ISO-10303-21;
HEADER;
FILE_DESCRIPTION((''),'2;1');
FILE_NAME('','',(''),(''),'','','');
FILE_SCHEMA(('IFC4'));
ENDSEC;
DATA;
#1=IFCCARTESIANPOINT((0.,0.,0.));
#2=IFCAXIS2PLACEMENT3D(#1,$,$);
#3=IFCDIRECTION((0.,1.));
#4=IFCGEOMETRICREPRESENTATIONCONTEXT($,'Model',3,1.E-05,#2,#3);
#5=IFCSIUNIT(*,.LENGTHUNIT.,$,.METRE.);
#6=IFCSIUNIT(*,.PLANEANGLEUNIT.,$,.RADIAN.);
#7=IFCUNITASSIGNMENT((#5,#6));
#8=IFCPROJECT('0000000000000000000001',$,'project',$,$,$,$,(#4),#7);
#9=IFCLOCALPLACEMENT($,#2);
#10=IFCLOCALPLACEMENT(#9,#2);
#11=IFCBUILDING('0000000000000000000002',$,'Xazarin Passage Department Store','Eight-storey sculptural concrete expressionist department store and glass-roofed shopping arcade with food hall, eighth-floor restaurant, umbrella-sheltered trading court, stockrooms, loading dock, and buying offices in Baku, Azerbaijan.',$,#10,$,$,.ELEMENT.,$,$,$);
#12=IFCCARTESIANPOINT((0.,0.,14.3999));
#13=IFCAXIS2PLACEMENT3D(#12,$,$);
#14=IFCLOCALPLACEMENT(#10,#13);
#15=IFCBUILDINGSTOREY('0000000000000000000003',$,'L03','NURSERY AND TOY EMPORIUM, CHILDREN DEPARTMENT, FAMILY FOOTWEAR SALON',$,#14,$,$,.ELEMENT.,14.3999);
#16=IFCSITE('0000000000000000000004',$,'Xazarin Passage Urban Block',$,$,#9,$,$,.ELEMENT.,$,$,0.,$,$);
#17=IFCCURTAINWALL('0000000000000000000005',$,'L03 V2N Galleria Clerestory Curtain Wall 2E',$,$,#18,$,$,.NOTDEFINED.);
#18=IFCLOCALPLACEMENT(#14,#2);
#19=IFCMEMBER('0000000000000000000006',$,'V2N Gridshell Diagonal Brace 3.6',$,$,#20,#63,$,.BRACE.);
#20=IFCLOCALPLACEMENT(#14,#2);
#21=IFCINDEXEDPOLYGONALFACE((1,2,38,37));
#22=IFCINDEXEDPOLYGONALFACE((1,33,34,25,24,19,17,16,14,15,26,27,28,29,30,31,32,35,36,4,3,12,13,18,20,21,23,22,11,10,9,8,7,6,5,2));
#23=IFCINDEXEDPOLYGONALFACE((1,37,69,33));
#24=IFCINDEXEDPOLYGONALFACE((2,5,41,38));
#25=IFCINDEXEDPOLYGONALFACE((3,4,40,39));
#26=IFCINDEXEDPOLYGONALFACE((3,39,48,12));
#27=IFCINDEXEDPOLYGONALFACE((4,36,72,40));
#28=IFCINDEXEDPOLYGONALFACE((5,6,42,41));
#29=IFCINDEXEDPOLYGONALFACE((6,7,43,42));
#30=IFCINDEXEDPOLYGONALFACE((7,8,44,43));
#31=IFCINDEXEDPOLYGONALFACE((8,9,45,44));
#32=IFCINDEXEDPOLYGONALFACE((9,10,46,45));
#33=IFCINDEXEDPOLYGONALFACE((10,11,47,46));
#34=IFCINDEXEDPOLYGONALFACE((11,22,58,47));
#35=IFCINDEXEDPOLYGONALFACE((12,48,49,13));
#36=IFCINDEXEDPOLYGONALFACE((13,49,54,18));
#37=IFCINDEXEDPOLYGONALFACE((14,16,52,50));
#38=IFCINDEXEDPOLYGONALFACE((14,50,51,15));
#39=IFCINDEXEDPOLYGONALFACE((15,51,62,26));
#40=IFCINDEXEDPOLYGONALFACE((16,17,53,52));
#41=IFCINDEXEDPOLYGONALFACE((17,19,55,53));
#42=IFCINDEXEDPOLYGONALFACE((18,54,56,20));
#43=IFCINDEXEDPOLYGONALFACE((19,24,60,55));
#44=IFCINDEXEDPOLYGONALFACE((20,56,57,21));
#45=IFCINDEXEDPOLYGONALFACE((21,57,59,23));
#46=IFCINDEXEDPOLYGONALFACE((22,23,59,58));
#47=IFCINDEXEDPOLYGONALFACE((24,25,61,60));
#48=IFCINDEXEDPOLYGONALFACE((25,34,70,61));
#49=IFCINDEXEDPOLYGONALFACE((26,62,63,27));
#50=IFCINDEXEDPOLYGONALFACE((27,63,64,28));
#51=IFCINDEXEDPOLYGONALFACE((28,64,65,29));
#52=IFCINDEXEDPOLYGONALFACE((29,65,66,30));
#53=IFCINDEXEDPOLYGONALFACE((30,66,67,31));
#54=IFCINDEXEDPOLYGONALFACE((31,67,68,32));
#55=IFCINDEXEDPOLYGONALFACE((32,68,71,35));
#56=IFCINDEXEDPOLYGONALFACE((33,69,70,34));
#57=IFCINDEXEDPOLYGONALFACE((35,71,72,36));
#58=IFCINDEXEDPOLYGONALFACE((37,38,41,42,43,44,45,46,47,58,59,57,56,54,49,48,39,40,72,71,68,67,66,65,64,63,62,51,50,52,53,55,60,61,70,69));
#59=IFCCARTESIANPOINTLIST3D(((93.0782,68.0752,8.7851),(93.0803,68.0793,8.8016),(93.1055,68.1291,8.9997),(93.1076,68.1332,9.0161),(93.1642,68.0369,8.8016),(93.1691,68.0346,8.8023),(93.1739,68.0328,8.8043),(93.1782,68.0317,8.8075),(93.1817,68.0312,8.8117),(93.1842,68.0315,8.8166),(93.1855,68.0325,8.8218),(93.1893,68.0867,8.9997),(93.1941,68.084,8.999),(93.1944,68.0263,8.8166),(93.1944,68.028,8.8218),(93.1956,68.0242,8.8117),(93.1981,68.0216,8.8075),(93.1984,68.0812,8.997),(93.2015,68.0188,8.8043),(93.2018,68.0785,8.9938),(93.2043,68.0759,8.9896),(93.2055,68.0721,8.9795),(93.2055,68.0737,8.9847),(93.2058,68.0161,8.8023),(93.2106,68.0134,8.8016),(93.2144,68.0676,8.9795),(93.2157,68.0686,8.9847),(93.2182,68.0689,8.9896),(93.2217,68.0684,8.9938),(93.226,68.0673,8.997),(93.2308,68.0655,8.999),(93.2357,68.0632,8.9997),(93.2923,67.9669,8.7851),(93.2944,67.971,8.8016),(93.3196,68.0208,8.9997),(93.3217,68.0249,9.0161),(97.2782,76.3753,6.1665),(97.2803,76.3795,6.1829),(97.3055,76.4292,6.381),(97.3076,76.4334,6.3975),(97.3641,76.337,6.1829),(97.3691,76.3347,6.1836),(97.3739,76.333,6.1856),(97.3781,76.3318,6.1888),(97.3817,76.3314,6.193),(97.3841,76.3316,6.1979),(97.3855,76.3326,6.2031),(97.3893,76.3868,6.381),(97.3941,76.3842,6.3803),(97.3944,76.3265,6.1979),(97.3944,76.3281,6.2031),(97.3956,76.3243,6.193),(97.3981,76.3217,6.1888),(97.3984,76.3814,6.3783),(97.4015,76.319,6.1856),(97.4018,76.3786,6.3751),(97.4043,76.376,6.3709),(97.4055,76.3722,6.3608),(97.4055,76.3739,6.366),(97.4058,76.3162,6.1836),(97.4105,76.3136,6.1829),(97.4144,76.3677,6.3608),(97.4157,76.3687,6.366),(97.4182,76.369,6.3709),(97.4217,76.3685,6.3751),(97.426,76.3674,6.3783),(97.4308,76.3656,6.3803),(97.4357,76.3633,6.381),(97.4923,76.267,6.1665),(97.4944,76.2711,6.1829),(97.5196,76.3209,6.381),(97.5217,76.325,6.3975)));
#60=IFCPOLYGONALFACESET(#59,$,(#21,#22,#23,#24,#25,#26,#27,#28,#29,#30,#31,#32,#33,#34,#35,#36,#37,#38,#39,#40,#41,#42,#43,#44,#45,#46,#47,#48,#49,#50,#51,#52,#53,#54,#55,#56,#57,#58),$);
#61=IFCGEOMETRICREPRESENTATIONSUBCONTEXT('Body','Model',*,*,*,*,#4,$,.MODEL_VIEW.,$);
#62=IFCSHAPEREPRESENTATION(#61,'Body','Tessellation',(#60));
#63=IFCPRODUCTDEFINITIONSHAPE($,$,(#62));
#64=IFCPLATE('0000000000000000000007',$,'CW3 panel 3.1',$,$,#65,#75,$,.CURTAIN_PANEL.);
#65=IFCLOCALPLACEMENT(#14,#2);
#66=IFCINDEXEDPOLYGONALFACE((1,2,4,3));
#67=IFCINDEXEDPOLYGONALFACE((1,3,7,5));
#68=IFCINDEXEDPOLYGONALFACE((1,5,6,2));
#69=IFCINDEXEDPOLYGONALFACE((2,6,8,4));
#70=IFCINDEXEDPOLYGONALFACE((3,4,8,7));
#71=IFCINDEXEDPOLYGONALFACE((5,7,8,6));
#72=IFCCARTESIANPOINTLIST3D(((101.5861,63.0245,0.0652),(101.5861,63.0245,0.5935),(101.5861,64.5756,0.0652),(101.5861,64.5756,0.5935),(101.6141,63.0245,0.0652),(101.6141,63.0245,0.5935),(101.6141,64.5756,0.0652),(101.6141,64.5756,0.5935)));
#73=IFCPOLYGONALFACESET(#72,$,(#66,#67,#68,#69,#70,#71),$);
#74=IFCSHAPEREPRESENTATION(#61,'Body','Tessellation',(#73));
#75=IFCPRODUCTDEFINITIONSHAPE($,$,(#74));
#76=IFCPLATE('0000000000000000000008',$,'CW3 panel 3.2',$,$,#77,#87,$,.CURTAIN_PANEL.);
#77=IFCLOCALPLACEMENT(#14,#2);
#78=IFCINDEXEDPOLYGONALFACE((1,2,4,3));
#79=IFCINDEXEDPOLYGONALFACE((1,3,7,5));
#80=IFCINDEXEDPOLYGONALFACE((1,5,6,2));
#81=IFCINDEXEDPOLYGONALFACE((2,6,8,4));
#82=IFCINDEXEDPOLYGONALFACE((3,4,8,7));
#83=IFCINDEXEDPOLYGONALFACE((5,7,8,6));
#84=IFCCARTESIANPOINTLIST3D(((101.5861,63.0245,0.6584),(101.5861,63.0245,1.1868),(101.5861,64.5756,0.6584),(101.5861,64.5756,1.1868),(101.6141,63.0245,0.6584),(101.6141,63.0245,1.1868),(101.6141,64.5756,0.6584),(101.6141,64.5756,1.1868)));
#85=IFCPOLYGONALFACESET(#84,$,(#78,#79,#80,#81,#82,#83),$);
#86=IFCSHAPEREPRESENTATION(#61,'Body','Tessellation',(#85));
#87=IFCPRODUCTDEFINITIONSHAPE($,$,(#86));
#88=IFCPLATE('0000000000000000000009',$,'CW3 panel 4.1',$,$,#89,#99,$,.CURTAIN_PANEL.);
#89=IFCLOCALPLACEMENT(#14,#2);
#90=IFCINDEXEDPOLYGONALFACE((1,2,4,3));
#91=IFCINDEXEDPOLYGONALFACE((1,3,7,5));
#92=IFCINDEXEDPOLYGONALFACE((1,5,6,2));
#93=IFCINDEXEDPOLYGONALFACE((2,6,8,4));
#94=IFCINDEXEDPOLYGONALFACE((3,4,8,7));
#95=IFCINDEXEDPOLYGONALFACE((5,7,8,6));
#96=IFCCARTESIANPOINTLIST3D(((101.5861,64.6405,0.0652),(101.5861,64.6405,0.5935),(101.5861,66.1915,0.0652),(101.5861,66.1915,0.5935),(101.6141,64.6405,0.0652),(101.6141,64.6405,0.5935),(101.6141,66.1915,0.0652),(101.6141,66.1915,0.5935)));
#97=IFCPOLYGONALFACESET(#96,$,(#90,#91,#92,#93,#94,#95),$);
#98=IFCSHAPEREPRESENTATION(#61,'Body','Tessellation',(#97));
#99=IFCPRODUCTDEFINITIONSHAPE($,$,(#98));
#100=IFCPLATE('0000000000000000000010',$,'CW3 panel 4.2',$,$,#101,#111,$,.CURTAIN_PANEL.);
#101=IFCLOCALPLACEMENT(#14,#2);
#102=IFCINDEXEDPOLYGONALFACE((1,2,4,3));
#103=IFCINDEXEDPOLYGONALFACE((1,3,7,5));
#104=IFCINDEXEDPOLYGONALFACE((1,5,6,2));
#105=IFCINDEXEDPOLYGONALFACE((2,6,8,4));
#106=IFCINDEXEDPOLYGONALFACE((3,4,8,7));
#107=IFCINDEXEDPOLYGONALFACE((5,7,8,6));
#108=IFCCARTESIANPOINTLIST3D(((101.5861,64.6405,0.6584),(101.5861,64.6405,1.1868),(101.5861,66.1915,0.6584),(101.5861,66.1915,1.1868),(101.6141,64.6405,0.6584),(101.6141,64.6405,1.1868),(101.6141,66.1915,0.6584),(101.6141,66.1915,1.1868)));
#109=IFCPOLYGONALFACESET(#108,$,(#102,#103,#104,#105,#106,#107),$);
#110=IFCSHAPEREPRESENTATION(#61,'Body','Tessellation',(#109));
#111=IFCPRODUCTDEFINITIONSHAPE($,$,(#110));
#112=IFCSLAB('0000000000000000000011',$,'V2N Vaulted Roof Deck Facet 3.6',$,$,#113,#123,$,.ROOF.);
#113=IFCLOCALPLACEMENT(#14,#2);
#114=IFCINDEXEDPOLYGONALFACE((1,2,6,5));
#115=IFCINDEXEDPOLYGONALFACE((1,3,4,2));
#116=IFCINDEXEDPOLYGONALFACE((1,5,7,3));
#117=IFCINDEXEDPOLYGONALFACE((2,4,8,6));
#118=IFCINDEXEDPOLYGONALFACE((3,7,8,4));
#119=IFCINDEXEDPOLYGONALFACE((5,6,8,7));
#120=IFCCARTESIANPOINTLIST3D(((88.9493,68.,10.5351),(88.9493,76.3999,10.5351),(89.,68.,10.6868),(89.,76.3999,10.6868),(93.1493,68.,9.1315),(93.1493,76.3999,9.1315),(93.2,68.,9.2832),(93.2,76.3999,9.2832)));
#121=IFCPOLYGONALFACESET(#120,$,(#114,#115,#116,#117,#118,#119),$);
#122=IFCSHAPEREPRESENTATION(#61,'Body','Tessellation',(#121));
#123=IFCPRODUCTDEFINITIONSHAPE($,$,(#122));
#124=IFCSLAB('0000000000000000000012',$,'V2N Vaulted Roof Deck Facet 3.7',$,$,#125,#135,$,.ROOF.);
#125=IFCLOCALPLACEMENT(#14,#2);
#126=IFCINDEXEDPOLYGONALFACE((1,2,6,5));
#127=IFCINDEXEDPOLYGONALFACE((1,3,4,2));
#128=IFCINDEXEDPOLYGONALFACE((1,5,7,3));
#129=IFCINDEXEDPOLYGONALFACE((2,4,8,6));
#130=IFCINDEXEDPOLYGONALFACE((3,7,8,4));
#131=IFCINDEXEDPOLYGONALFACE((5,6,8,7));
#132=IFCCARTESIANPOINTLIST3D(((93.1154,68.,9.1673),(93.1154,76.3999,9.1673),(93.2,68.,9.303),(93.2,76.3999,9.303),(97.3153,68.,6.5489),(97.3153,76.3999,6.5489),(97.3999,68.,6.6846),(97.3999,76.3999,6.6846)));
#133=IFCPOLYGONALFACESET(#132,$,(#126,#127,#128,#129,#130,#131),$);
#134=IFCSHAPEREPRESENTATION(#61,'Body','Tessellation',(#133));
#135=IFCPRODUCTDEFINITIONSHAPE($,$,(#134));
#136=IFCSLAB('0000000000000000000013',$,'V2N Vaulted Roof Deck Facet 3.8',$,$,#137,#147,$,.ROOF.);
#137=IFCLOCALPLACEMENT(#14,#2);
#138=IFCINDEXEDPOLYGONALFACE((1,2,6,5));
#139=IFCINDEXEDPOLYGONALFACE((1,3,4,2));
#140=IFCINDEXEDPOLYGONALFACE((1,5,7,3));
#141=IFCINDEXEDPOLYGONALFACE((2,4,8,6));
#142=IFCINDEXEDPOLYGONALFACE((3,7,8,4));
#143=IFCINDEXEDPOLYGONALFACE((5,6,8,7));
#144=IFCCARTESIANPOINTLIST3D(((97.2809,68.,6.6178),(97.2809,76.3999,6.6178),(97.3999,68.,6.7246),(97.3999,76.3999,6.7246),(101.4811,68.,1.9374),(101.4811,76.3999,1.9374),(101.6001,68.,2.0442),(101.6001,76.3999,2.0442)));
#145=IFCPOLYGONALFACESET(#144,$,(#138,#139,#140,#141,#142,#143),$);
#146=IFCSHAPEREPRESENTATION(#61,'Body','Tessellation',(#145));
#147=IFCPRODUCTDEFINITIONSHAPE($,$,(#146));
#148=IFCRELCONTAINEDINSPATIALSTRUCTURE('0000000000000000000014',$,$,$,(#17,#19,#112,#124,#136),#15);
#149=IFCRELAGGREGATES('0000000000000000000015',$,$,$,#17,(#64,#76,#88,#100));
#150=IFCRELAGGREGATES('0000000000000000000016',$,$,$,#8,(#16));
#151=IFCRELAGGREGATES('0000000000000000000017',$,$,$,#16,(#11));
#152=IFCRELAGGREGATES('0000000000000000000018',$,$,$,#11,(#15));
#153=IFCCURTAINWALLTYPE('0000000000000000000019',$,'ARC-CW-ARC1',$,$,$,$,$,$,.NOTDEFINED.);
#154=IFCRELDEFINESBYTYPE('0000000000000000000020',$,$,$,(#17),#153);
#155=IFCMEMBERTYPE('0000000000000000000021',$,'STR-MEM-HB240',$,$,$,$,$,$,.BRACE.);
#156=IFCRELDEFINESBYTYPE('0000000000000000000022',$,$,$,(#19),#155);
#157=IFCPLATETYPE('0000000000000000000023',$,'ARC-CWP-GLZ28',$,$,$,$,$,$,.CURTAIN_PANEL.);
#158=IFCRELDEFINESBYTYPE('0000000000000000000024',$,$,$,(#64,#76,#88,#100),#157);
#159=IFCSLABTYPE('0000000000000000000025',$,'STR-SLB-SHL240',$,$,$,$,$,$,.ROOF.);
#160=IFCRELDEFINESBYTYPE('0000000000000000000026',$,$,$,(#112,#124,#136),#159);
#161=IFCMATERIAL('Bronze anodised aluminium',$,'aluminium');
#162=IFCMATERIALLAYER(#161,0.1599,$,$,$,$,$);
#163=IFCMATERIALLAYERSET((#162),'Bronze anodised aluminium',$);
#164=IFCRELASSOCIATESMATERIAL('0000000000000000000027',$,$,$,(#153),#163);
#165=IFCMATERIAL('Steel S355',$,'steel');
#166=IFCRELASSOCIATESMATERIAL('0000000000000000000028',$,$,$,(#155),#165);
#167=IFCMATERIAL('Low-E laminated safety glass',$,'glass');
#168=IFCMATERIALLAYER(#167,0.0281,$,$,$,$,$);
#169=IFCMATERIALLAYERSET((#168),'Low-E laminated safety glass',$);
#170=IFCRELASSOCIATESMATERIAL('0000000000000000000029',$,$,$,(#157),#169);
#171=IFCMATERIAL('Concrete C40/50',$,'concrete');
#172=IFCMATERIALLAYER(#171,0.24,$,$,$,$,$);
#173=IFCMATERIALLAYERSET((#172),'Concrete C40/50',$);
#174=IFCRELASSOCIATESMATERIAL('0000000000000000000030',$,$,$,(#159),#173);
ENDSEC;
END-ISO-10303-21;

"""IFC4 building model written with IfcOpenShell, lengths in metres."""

from ifc_helpers import new_model, si_unit, direction, frame, origin, origin_2d, place, context, subcontext, project, spatial, polyline, rectangle, i_section, outline, extrude, material, layer, layer_set, material_profile, profile_set, type_object, element, aggregate, save


model = new_model("IFC4")

# Units and contexts
model_context = context("Model", 3, precision=1e-05, world=origin(), true_north=direction((0.0, 1.0)))
body_context = subcontext(model_context, "Body", "Model", "MODEL_VIEW")
ifc_project = project(units=[si_unit("LENGTHUNIT", "METRE"), si_unit("PLANEANGLEUNIT", "RADIAN")], contexts=[model_context])

# Site, building, storey
site_placement = place(None, origin())
site = spatial("IfcSite", under=ifc_project, at=site_placement, Name="Xazarin Passage Urban Block", CompositionType="ELEMENT", RefElevation=0.0)
building_placement = place(site_placement, origin())
building = spatial("IfcBuilding", under=site, at=building_placement, Name="Xazarin Passage Department Store", Description="Eight-storey sculptural concrete expressionist department store and glass-roofed shopping arcade with food hall, eighth-floor restaurant, umbrella-sheltered trading court, stockrooms, loading dock, and buying offices in Baku, Azerbaijan.", CompositionType="ELEMENT")
storey_placement = place(building_placement, frame((0.0, 0.0, 14.3999)))
storey = spatial("IfcBuildingStorey", under=building, at=storey_placement, Name="L03", Description="NURSERY AND TOY EMPORIUM, CHILDREN DEPARTMENT, FAMILY FOOTWEAR SALON", CompositionType="ELEMENT", Elevation=14.3999)

# Curtain wall
ifc_material_1 = material(Name="Bronze anodised aluminium", Category="aluminium")
ifc_layer_1 = layer(ifc_material_1, 0.1599)
ifc_layer_set_1 = layer_set([ifc_layer_1], Name="Bronze anodised aluminium")
curtain_wall_type = type_object("IfcCurtainWallType", Name="ARC-CW-ARC1", PredefinedType="NOTDEFINED", material=ifc_layer_set_1)
curtain_wall_placement = place(storey_placement, origin())
curtain_wall = element("IfcCurtainWall", 1, at=curtain_wall_placement, inside=storey, type_object=curtain_wall_type, Name="L03 V2N Galleria Clerestory Curtain Wall 2E", PredefinedType="NOTDEFINED")

# Shared definitions
ifc_material_2 = material(Name="Steel S355", Category="steel")

# Member
ifc_material_profile_1 = material_profile(ifc_material_2, i_section(OverallWidth=0.24, OverallDepth=0.24, WebThickness=0.01, FlangeThickness=0.0171, FilletRadius=0.021, at=origin_2d()), Name="HEB 240")
ifc_profile_set_1 = profile_set([ifc_material_profile_1], Name="Steel S355")
member_type_1 = type_object("IfcMemberType", Name="STR-MEM-HB240", PredefinedType="BRACE", material=ifc_profile_set_1)
member_1_placement = place(storey_placement, frame((93.2, 68.05, 8.9006), z_axis=(0.43461, 0.858886, -0.270977), x_axis=(-0.89227, 0.451502, 0.0)))
element("IfcMember", 2, at=member_1_placement, inside=storey, type_object=member_type_1, Name="V2N Gridshell Diagonal Brace 3.6", PredefinedType="BRACE", context=body_context, shape_type="SweptSolid", body=[
    extrude(i_section(OverallWidth=0.24, OverallDepth=0.24, WebThickness=0.01, FlangeThickness=0.0171, FilletRadius=0.021, at=origin_2d()), origin(), (0.0, 0.0, 1.0), 9.6638),
])

# Plates
ifc_material_3 = material(Name="Low-E laminated safety glass", Category="glass")
ifc_layer_2 = layer(ifc_material_3, 0.0281)
ifc_layer_set_2 = layer_set([ifc_layer_2], Name="Low-E laminated safety glass")
plate_type = type_object("IfcPlateType", Name="ARC-CWP-GLZ28", PredefinedType="CURTAIN_PANEL", material=ifc_layer_set_2)
plate_1_placement = place(storey_placement, frame((101.6001, 63.8, 0.0652), z_axis=(0.0, 0.0, 1.0), x_axis=(0.0, 1.0, 0.0)))
plate_1 = element("IfcPlate", 3, at=plate_1_placement, type_object=plate_type, Name="CW3 panel 3.1", PredefinedType="CURTAIN_PANEL", context=body_context, shape_type="SweptSolid", body=[
    extrude(rectangle(XDim=1.551, YDim=0.0281, at=origin_2d()), origin(), (0.0, 0.0, 1.0), 0.5283),
])
plate_2_placement = place(storey_placement, frame((101.6001, 63.8, 0.6584), z_axis=(0.0, 0.0, 1.0), x_axis=(0.0, 1.0, 0.0)))
plate_2 = element("IfcPlate", 4, at=plate_2_placement, type_object=plate_type, Name="CW3 panel 3.2", PredefinedType="CURTAIN_PANEL", context=body_context, shape_type="SweptSolid", body=[
    extrude(rectangle(XDim=1.551, YDim=0.0281, at=origin_2d()), origin(), (0.0, 0.0, 1.0), 0.5283),
])
plate_3_placement = place(storey_placement, frame((101.6001, 65.416, 0.0652), z_axis=(0.0, 0.0, 1.0), x_axis=(0.0, 1.0, 0.0)))
plate_3 = element("IfcPlate", 5, at=plate_3_placement, type_object=plate_type, Name="CW3 panel 4.1", PredefinedType="CURTAIN_PANEL", context=body_context, shape_type="SweptSolid", body=[
    extrude(rectangle(XDim=1.551, YDim=0.0281, at=origin_2d()), origin(), (0.0, 0.0, 1.0), 0.5283),
])
plate_4_placement = place(storey_placement, frame((101.6001, 65.416, 0.6584), z_axis=(0.0, 0.0, 1.0), x_axis=(0.0, 1.0, 0.0)))
plate_4 = element("IfcPlate", 6, at=plate_4_placement, type_object=plate_type, Name="CW3 panel 4.2", PredefinedType="CURTAIN_PANEL", context=body_context, shape_type="SweptSolid", body=[
    extrude(rectangle(XDim=1.551, YDim=0.0281, at=origin_2d()), origin(), (0.0, 0.0, 1.0), 0.5283),
])
aggregate(curtain_wall, [plate_1, plate_2, plate_3, plate_4])

# Slabs
ifc_material_4 = material(Name="Concrete C40/50", Category="concrete")
ifc_layer_3 = layer(ifc_material_4, 0.24)
ifc_layer_set_3 = layer_set([ifc_layer_3], Name="Concrete C40/50")
slab_type = type_object("IfcSlabType", Name="STR-SLB-SHL240", PredefinedType="ROOF", material=ifc_layer_set_3)
slab_1_placement = place(storey_placement, frame((89.0, 68.0, 10.6868), z_axis=(0.316955, 0.0, 0.94844), x_axis=(0.94844, 0.0, -0.316955)))
element("IfcSlab", 7, at=slab_1_placement, inside=storey, type_object=slab_type, Name="V2N Vaulted Roof Deck Facet 3.6", PredefinedType="ROOF", context=body_context, shape_type="SweptSolid", body=[
    extrude(outline(polyline([(0.0, 0.0), (4.4283, 0.0), (4.4283, 8.3999), (0.0, 8.3999), (0.0, 0.0)])), origin(), (0.0, 0.0, -1.0), 0.1599),
])
slab_2_placement = place(storey_placement, frame((93.2, 68.0, 9.303), z_axis=(0.529045, 0.0, 0.848594), x_axis=(0.848594, 0.0, -0.529045)))
element("IfcSlab", 8, at=slab_2_placement, inside=storey, type_object=slab_type, Name="V2N Vaulted Roof Deck Facet 3.7", PredefinedType="ROOF", context=body_context, shape_type="SweptSolid", body=[
    extrude(outline(polyline([(0.0, 0.0), (4.9493, 0.0), (4.9493, 8.3999), (0.0, 8.3999), (0.0, 0.0)])), origin(), (0.0, 0.0, -1.0), 0.1599),
])
slab_3_placement = place(storey_placement, frame((97.3999, 68.0, 6.7246), z_axis=(0.744257, 0.0, 0.667894), x_axis=(0.667894, 0.0, -0.744257)))
element("IfcSlab", 9, at=slab_3_placement, inside=storey, type_object=slab_type, Name="V2N Vaulted Roof Deck Facet 3.8", PredefinedType="ROOF", context=body_context, shape_type="SweptSolid", body=[
    extrude(outline(polyline([(0.0, 0.0), (6.2887, 0.0), (6.2887, 8.3999), (0.0, 8.3999), (0.0, 0.0)])), origin(), (0.0, 0.0, -1.0), 0.1599),
])

save(model, "model.ifc")
